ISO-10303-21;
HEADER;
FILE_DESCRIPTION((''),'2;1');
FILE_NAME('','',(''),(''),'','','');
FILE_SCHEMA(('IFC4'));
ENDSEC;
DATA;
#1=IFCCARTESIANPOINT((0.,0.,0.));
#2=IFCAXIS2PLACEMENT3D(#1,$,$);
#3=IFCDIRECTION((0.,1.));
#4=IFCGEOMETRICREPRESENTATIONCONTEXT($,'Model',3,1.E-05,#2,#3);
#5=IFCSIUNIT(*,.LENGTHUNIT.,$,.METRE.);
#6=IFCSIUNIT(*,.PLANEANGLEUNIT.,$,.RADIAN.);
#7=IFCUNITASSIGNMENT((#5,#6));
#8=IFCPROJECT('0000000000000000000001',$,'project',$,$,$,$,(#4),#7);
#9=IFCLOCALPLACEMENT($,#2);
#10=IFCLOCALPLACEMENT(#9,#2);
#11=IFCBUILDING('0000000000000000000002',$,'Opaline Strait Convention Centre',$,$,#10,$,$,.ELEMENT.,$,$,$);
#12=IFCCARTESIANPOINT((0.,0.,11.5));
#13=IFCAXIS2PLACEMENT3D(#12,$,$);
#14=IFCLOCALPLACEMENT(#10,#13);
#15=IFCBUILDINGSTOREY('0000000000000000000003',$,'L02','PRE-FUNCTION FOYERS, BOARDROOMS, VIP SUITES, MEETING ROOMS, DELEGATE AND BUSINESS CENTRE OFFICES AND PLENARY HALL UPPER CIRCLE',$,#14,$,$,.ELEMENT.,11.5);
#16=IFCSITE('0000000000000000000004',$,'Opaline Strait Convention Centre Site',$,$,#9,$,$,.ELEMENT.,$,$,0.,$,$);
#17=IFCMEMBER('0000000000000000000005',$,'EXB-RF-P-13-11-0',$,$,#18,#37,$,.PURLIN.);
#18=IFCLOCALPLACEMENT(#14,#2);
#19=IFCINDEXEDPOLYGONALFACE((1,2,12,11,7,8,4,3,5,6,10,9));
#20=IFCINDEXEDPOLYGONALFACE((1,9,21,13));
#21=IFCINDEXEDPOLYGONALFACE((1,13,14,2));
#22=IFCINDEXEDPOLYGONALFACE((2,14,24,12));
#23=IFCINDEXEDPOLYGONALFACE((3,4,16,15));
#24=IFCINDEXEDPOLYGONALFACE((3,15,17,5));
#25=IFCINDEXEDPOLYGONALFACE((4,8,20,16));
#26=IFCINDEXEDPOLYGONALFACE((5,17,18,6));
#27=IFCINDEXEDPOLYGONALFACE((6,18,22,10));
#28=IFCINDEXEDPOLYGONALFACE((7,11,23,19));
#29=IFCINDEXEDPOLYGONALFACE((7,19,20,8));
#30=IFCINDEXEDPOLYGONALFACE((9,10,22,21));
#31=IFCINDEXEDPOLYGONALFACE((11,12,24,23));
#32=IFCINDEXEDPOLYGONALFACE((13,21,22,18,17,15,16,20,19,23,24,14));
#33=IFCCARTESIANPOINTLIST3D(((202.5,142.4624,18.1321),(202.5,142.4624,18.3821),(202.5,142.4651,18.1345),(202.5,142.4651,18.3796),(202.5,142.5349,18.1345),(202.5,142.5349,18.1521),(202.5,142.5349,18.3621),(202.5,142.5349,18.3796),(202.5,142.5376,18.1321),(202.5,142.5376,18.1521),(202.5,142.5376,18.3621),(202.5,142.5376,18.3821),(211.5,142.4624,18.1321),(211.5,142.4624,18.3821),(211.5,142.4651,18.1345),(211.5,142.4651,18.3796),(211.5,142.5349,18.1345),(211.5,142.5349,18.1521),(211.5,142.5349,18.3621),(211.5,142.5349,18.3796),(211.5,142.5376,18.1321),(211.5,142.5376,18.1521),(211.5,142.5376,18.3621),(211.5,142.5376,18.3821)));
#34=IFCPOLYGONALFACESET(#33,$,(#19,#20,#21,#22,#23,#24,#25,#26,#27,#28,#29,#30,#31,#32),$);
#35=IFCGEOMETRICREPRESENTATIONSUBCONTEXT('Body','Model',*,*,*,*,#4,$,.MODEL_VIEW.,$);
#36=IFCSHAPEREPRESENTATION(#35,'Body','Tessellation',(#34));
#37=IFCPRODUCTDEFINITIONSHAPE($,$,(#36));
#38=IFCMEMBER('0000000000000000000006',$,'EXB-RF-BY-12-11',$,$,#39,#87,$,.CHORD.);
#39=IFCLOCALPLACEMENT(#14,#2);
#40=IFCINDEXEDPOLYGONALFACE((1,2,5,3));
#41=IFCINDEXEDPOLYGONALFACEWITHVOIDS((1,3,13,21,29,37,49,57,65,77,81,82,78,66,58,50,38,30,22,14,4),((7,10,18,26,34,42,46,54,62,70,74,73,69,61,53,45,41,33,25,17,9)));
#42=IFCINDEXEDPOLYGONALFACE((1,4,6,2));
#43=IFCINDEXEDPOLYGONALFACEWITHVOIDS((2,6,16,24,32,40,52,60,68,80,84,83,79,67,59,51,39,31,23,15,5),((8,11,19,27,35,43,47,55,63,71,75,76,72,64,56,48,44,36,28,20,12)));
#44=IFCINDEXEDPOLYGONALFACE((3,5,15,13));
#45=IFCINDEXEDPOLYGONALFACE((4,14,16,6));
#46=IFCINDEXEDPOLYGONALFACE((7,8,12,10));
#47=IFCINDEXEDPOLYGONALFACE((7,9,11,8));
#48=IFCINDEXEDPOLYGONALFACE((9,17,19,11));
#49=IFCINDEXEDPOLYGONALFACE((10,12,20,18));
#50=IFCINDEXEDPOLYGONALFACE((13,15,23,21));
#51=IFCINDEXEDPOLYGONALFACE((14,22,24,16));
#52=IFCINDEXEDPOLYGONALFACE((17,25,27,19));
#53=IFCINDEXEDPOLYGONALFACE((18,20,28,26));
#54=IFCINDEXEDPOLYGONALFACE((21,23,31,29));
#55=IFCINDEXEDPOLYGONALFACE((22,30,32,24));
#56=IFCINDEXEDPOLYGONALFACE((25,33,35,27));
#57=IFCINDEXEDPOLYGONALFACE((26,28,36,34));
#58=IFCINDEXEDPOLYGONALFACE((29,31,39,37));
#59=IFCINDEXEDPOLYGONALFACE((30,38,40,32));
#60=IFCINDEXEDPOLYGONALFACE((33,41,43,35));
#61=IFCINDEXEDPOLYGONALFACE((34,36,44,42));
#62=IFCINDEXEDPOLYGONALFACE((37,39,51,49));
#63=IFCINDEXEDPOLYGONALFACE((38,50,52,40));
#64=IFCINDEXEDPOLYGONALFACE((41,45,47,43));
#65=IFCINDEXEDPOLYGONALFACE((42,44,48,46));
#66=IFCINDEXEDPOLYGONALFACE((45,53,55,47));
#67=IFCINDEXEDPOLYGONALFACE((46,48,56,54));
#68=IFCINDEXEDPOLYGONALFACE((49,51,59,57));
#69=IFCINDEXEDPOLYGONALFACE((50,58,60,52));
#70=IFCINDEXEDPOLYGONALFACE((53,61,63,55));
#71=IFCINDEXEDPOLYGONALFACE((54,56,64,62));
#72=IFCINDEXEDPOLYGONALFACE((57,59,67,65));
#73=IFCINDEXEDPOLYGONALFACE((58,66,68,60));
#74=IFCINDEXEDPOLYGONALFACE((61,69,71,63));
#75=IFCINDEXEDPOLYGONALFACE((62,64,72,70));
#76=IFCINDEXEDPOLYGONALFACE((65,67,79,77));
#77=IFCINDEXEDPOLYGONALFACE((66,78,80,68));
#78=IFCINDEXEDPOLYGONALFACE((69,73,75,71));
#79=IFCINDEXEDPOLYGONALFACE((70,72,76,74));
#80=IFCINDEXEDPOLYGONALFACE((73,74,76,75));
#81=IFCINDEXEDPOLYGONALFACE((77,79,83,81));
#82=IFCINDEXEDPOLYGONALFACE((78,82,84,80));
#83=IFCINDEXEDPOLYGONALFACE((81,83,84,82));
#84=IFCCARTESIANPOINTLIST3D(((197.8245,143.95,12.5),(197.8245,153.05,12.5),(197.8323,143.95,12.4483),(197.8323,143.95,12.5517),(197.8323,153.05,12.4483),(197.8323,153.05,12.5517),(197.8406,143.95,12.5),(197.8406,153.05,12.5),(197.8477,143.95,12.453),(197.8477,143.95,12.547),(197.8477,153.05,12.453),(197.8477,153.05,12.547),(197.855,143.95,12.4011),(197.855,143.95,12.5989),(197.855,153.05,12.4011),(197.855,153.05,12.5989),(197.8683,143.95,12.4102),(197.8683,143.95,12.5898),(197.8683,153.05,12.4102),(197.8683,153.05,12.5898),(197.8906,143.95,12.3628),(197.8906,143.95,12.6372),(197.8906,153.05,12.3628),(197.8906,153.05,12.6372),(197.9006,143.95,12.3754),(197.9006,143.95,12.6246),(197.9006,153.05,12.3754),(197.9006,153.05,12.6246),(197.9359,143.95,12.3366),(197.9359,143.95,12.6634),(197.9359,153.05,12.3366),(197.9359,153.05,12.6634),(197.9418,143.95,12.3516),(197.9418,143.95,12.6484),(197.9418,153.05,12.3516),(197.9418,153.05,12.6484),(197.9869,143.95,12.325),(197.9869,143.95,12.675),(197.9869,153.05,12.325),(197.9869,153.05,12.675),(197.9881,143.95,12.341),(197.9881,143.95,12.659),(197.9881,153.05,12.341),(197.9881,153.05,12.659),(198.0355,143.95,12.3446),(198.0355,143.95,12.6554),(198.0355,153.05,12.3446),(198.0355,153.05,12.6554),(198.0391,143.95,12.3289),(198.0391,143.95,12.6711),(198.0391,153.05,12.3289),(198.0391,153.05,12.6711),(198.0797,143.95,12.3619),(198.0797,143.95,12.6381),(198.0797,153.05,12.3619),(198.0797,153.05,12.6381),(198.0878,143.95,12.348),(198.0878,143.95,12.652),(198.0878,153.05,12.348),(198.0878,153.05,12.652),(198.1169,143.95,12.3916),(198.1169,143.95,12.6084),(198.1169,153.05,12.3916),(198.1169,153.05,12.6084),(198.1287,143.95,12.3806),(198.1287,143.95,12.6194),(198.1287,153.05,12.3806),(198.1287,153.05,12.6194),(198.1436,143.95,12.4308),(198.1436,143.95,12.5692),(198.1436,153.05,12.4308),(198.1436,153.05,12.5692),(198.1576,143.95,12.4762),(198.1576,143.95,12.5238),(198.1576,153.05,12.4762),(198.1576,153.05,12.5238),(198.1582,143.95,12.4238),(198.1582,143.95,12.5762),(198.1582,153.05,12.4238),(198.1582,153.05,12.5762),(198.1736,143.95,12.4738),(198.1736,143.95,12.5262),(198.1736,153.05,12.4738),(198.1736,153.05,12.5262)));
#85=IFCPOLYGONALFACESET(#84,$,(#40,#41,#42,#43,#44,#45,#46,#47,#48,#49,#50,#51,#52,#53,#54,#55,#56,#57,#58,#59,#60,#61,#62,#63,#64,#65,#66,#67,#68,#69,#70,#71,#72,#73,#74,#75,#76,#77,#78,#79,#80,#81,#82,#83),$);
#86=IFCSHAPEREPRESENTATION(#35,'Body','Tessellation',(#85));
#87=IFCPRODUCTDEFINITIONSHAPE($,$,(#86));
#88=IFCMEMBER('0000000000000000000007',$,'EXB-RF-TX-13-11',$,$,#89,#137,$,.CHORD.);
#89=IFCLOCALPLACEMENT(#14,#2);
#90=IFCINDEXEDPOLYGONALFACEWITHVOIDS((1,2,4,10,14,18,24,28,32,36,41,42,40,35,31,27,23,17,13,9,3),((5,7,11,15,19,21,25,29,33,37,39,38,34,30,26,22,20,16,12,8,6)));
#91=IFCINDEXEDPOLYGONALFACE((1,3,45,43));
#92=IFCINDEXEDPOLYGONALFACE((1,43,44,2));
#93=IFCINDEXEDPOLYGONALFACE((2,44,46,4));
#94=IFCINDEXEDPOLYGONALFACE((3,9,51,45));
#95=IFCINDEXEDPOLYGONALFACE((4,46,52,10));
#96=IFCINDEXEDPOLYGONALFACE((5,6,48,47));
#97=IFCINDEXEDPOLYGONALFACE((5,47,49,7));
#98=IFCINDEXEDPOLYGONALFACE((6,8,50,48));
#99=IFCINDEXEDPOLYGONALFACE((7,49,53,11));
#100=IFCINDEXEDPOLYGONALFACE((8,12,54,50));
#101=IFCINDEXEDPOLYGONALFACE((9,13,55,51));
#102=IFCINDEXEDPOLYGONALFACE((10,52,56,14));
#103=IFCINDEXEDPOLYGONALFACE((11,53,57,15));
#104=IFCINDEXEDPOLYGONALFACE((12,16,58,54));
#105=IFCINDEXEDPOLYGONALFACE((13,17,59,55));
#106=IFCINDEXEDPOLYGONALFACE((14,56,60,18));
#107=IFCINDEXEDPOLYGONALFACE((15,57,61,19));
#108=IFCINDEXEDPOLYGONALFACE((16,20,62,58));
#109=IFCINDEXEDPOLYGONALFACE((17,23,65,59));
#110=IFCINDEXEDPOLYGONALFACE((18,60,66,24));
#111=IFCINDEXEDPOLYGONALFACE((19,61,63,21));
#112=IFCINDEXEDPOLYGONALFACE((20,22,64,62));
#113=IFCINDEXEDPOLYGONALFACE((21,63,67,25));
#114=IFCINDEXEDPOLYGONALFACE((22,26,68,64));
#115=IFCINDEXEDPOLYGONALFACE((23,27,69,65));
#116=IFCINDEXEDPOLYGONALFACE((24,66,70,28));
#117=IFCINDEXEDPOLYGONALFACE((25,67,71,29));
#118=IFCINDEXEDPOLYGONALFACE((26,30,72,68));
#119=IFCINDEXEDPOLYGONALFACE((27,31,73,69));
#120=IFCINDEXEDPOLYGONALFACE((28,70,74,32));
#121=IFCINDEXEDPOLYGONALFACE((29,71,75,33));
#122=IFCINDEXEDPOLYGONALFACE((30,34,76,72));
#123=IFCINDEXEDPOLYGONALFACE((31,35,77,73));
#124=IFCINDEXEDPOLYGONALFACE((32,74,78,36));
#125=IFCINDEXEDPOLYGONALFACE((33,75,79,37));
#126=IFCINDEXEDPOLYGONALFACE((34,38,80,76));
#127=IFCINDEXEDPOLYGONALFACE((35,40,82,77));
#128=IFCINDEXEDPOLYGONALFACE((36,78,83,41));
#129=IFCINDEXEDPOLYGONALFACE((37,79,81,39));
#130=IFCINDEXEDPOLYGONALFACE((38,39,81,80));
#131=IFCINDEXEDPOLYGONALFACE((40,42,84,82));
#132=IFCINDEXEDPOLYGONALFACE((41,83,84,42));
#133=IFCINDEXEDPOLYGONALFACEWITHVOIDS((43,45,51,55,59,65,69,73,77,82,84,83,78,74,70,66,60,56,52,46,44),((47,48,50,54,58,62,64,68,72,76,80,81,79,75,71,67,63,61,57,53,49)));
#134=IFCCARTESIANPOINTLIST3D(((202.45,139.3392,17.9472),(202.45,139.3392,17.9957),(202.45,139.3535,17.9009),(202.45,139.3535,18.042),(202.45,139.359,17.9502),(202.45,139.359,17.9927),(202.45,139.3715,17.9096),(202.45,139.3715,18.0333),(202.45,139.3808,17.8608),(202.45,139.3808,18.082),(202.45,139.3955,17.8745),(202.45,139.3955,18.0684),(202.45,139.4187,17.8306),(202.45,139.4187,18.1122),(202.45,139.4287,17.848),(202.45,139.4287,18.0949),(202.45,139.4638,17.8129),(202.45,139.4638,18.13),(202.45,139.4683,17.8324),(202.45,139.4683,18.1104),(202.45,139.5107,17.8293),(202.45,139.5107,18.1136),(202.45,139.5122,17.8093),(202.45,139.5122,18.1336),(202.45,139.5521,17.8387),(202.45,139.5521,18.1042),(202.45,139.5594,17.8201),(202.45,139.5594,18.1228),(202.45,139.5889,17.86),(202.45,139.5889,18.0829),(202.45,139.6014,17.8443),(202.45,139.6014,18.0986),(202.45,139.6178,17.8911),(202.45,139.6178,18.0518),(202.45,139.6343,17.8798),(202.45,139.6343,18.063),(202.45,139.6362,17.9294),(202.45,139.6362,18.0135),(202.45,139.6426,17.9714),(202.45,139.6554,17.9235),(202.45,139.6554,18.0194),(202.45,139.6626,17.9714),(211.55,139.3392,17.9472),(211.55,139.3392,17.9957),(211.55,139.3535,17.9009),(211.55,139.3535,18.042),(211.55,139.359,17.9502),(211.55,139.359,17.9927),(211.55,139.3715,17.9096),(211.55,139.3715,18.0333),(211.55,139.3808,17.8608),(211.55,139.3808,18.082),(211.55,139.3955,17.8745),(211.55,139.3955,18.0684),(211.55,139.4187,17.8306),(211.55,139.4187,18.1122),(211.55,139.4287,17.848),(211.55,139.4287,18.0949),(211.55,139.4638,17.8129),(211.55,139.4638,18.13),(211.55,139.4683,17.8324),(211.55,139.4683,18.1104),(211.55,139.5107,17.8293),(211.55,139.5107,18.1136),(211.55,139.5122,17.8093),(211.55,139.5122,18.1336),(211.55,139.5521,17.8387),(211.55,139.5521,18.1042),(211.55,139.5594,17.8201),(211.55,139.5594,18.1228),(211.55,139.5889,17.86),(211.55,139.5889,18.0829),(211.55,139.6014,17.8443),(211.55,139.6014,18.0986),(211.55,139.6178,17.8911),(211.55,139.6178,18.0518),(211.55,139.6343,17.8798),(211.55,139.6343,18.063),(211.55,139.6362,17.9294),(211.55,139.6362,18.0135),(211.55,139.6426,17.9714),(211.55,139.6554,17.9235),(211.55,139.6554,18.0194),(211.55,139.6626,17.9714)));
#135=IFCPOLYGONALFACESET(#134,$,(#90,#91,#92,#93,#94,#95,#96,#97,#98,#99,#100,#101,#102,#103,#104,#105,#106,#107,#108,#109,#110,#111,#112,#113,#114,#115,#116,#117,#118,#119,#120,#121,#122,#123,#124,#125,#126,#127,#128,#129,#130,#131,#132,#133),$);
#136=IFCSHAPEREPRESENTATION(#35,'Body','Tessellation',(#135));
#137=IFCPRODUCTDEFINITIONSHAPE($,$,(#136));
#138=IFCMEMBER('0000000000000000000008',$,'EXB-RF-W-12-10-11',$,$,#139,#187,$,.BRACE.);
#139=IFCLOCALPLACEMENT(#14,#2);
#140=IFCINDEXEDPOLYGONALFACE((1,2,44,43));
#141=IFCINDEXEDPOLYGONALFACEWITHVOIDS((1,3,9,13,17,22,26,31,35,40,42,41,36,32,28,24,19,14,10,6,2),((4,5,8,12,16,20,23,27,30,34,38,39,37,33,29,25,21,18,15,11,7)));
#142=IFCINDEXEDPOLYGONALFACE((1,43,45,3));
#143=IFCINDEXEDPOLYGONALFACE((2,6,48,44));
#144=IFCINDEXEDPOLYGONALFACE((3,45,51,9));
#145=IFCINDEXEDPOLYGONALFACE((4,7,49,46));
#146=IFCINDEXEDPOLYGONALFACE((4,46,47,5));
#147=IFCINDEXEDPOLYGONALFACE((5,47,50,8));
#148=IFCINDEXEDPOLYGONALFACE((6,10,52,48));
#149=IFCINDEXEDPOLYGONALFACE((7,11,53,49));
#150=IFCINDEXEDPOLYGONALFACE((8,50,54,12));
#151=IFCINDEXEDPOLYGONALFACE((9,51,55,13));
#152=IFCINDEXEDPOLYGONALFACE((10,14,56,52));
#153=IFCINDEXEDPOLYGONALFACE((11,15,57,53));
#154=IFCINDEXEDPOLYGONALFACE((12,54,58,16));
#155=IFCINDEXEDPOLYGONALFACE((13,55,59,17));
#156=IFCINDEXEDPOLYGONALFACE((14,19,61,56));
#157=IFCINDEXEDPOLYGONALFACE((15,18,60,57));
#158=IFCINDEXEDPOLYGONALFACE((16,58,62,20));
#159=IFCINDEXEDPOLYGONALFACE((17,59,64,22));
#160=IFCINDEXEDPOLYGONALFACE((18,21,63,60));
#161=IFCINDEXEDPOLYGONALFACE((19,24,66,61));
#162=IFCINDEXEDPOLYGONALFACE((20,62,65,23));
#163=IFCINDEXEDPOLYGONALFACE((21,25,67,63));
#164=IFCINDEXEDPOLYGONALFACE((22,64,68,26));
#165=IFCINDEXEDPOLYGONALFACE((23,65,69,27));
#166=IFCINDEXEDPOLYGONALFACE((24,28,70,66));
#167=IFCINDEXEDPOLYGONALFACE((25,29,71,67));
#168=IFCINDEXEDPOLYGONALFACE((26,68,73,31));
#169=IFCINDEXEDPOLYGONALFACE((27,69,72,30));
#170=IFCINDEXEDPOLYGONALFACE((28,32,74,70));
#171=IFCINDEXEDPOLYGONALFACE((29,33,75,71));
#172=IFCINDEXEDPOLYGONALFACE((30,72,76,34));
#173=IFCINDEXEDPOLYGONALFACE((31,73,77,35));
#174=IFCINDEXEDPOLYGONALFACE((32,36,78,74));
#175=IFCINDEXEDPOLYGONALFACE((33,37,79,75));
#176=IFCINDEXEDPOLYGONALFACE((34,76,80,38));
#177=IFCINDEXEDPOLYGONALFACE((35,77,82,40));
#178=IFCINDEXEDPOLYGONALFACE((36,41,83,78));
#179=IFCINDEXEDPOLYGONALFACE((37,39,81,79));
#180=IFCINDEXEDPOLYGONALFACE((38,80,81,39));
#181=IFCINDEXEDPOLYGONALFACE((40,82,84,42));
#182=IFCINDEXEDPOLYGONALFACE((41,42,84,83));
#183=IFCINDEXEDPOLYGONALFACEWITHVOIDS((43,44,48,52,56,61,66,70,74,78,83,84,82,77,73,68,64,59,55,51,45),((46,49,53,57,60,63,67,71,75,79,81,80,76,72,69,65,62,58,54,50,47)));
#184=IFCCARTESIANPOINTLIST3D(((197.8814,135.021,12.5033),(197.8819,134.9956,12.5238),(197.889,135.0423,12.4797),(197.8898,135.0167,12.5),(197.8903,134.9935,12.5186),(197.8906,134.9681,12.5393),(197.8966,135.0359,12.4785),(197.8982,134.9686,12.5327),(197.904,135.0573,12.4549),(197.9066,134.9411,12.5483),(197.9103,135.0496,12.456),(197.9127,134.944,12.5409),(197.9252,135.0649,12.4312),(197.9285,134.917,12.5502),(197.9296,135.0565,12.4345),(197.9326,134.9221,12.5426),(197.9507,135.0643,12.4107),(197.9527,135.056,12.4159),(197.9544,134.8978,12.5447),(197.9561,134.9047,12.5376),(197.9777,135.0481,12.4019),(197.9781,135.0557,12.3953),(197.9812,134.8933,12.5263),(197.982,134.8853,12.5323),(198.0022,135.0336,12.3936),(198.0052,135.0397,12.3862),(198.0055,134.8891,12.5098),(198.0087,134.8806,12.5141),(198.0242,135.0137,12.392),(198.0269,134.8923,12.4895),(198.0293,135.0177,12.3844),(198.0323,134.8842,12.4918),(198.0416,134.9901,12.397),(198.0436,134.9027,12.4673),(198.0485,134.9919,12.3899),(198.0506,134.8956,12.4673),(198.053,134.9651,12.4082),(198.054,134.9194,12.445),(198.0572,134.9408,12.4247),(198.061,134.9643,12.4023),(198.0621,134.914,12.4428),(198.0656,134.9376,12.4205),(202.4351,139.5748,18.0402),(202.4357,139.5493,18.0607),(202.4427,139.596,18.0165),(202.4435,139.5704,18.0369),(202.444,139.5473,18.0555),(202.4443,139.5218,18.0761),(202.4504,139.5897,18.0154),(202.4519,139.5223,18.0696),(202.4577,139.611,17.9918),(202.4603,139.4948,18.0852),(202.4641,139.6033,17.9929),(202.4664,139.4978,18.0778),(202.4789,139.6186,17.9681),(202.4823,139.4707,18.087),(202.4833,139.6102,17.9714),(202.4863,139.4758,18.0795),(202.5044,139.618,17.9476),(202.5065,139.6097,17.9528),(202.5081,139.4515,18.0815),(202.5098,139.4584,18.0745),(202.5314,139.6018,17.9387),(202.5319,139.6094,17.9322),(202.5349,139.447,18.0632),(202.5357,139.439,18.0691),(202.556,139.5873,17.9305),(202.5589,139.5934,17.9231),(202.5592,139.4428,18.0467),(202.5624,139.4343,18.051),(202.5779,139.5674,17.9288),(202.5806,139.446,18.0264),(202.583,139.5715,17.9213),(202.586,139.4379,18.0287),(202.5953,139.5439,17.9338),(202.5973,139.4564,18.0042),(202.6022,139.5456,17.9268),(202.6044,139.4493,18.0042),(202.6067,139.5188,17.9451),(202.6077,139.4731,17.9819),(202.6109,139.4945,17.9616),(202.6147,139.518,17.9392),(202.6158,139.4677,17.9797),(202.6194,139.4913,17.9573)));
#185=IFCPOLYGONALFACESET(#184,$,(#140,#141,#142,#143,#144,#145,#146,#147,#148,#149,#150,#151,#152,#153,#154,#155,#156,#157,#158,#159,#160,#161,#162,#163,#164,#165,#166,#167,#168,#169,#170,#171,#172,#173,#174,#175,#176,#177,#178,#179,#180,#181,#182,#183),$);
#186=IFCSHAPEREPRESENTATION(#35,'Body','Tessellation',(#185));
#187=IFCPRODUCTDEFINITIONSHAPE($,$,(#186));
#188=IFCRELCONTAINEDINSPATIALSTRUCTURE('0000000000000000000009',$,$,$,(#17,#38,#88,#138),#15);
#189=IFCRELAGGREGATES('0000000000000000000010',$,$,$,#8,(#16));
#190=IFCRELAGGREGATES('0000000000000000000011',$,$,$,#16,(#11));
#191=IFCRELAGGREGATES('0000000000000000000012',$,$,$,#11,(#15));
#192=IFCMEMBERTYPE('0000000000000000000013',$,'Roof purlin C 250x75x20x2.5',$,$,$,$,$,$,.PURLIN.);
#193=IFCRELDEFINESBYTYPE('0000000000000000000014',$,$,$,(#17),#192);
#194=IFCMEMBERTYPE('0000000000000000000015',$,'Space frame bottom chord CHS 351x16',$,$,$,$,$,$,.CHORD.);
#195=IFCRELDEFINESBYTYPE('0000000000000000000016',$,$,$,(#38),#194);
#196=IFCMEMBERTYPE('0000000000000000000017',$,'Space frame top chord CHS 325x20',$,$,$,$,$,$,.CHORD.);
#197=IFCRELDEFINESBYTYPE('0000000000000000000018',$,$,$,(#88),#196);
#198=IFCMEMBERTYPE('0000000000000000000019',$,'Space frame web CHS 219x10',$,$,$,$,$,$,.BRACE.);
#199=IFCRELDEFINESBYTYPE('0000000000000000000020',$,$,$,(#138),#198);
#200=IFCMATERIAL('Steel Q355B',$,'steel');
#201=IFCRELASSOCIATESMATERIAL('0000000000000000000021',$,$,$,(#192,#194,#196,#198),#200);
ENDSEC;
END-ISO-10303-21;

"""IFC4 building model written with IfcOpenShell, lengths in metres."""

from ifc_helpers import new_model, si_unit, direction, frame, origin, origin_2d, place, context, subcontext, project, spatial, polyline, hollow_circle, outline, extrude, material, material_profile, profile_set, type_object, element, save


model = new_model("IFC4")

# Units and contexts
model_context = context("Model", 3, precision=1e-05, world=origin(), true_north=direction((0.0, 1.0)))
body_context = subcontext(model_context, "Body", "Model", "MODEL_VIEW")
ifc_project = project(units=[si_unit("LENGTHUNIT", "METRE"), si_unit("PLANEANGLEUNIT", "RADIAN")], contexts=[model_context])

# Site, building, storey
site_placement = place(None, origin())
site = spatial("IfcSite", under=ifc_project, at=site_placement, Name="Opaline Strait Convention Centre Site", CompositionType="ELEMENT", RefElevation=0.0)
building_placement = place(site_placement, origin())
building = spatial("IfcBuilding", under=site, at=building_placement, Name="Opaline Strait Convention Centre", CompositionType="ELEMENT")
storey_placement = place(building_placement, frame((0.0, 0.0, 11.5)))
storey = spatial("IfcBuildingStorey", under=building, at=storey_placement, Name="L02", Description="PRE-FUNCTION FOYERS, BOARDROOMS, VIP SUITES, MEETING ROOMS, DELEGATE AND BUSINESS CENTRE OFFICES AND PLENARY HALL UPPER CIRCLE", CompositionType="ELEMENT", Elevation=11.5)

# Members
ifc_material_1 = material(Name="Steel Q355B", Category="steel")
ifc_material_profile_1 = material_profile(ifc_material_1, outline(polyline([(-0.0376, -0.125), (0.0376, -0.125), (0.0376, -0.105), (0.0349, -0.105), (0.0349, -0.1226), (-0.0349, -0.1226), (-0.0349, 0.1226), (0.0349, 0.1226), (0.0349, 0.105), (0.0376, 0.105), (0.0376, 0.125), (-0.0376, 0.125), (-0.0376, -0.125)])), Name="C 250x75x20x2.5")
ifc_profile_set_1 = profile_set([ifc_material_profile_1], Name="Steel Q355B")
member_type_1 = type_object("IfcMemberType", Name="Roof purlin C 250x75x20x2.5", PredefinedType="PURLIN", material=ifc_profile_set_1)
member_1_placement = place(storey_placement, frame((202.5, 142.5, 18.2571), z_axis=(1.0, 0.0, 0.0), x_axis=(0.0, 1.0, 0.0)))
element("IfcMember", 1, at=member_1_placement, inside=storey, type_object=member_type_1, Name="EXB-RF-P-13-11-0", PredefinedType="PURLIN", context=body_context, shape_type="SweptSolid", body=[
    extrude(outline(polyline([(-0.0376, -0.125), (0.0376, -0.125), (0.0376, -0.105), (0.0349, -0.105), (0.0349, -0.1226), (-0.0349, -0.1226), (-0.0349, 0.1226), (0.0349, 0.1226), (0.0349, 0.105), (0.0376, 0.105), (0.0376, 0.125), (-0.0376, 0.125), (-0.0376, -0.125)])), origin(), (0.0, 0.0, 1.0), 9.0),
])
ifc_material_profile_2 = material_profile(ifc_material_1, hollow_circle(Radius=0.1755, WallThickness=0.0161, at=origin_2d()), Name="CHS 351x16")
ifc_profile_set_2 = profile_set([ifc_material_profile_2], Name="Steel Q355B")
member_type_2 = type_object("IfcMemberType", Name="Space frame bottom chord CHS 351x16", PredefinedType="CHORD", material=ifc_profile_set_2)
member_2_placement = place(storey_placement, frame((198.0, 143.95, 12.5), z_axis=(0.0, 1.0, 0.0), x_axis=(-1.0, 0.0, 0.0)))
element("IfcMember", 2, at=member_2_placement, inside=storey, type_object=member_type_2, Name="EXB-RF-BY-12-11", PredefinedType="CHORD", context=body_context, shape_type="SweptSolid", body=[
    extrude(hollow_circle(Radius=0.1755, WallThickness=0.0161, at=origin_2d()), origin(), (0.0, 0.0, 1.0), 9.1001),
])
ifc_material_profile_3 = material_profile(ifc_material_1, hollow_circle(Radius=0.1626, WallThickness=0.02, at=origin_2d()), Name="CHS 325x20")
ifc_profile_set_3 = profile_set([ifc_material_profile_3], Name="Steel Q355B")
member_type_3 = type_object("IfcMemberType", Name="Space frame top chord CHS 325x20", PredefinedType="CHORD", material=ifc_profile_set_3)
member_3_placement = place(storey_placement, frame((202.45, 139.5, 17.9714), z_axis=(1.0, 0.0, 0.0), x_axis=(0.0, 1.0, 0.0)))
element("IfcMember", 3, at=member_3_placement, inside=storey, type_object=member_type_3, Name="EXB-RF-TX-13-11", PredefinedType="CHORD", context=body_context, shape_type="SweptSolid", body=[
    extrude(hollow_circle(Radius=0.1626, WallThickness=0.02, at=origin_2d()), origin(), (0.0, 0.0, 1.0), 9.1001),
])
ifc_material_profile_4 = material_profile(ifc_material_1, hollow_circle(Radius=0.1096, WallThickness=0.01, at=origin_2d()), Name="CHS 219x10")
ifc_profile_set_4 = profile_set([ifc_material_profile_4], Name="Steel Q355B")
member_type_4 = type_object("IfcMemberType", Name="Space frame web CHS 219x10", PredefinedType="BRACE", material=ifc_profile_set_4)
for number, where, z_axis, x_axis, name in (
    (4, (202.5269, 139.5269, 18.0042), (-0.536178, -0.536178, -0.65194), (0.707107, -0.707107, 0.0), "EXB-RF-W-12-10-11"),
):
    element("IfcMember", number, at=place(storey_placement, frame(where, z_axis=z_axis, x_axis=x_axis)), inside=storey, type_object=member_type_4, Name=name, PredefinedType="BRACE", context=body_context, shape_type="SweptSolid", body=[
        extrude(hollow_circle(Radius=0.1096, WallThickness=0.01, at=origin_2d()), origin(), (0.0, 0.0, 1.0), 8.4929),
    ])

save(model, "model.ifc")
